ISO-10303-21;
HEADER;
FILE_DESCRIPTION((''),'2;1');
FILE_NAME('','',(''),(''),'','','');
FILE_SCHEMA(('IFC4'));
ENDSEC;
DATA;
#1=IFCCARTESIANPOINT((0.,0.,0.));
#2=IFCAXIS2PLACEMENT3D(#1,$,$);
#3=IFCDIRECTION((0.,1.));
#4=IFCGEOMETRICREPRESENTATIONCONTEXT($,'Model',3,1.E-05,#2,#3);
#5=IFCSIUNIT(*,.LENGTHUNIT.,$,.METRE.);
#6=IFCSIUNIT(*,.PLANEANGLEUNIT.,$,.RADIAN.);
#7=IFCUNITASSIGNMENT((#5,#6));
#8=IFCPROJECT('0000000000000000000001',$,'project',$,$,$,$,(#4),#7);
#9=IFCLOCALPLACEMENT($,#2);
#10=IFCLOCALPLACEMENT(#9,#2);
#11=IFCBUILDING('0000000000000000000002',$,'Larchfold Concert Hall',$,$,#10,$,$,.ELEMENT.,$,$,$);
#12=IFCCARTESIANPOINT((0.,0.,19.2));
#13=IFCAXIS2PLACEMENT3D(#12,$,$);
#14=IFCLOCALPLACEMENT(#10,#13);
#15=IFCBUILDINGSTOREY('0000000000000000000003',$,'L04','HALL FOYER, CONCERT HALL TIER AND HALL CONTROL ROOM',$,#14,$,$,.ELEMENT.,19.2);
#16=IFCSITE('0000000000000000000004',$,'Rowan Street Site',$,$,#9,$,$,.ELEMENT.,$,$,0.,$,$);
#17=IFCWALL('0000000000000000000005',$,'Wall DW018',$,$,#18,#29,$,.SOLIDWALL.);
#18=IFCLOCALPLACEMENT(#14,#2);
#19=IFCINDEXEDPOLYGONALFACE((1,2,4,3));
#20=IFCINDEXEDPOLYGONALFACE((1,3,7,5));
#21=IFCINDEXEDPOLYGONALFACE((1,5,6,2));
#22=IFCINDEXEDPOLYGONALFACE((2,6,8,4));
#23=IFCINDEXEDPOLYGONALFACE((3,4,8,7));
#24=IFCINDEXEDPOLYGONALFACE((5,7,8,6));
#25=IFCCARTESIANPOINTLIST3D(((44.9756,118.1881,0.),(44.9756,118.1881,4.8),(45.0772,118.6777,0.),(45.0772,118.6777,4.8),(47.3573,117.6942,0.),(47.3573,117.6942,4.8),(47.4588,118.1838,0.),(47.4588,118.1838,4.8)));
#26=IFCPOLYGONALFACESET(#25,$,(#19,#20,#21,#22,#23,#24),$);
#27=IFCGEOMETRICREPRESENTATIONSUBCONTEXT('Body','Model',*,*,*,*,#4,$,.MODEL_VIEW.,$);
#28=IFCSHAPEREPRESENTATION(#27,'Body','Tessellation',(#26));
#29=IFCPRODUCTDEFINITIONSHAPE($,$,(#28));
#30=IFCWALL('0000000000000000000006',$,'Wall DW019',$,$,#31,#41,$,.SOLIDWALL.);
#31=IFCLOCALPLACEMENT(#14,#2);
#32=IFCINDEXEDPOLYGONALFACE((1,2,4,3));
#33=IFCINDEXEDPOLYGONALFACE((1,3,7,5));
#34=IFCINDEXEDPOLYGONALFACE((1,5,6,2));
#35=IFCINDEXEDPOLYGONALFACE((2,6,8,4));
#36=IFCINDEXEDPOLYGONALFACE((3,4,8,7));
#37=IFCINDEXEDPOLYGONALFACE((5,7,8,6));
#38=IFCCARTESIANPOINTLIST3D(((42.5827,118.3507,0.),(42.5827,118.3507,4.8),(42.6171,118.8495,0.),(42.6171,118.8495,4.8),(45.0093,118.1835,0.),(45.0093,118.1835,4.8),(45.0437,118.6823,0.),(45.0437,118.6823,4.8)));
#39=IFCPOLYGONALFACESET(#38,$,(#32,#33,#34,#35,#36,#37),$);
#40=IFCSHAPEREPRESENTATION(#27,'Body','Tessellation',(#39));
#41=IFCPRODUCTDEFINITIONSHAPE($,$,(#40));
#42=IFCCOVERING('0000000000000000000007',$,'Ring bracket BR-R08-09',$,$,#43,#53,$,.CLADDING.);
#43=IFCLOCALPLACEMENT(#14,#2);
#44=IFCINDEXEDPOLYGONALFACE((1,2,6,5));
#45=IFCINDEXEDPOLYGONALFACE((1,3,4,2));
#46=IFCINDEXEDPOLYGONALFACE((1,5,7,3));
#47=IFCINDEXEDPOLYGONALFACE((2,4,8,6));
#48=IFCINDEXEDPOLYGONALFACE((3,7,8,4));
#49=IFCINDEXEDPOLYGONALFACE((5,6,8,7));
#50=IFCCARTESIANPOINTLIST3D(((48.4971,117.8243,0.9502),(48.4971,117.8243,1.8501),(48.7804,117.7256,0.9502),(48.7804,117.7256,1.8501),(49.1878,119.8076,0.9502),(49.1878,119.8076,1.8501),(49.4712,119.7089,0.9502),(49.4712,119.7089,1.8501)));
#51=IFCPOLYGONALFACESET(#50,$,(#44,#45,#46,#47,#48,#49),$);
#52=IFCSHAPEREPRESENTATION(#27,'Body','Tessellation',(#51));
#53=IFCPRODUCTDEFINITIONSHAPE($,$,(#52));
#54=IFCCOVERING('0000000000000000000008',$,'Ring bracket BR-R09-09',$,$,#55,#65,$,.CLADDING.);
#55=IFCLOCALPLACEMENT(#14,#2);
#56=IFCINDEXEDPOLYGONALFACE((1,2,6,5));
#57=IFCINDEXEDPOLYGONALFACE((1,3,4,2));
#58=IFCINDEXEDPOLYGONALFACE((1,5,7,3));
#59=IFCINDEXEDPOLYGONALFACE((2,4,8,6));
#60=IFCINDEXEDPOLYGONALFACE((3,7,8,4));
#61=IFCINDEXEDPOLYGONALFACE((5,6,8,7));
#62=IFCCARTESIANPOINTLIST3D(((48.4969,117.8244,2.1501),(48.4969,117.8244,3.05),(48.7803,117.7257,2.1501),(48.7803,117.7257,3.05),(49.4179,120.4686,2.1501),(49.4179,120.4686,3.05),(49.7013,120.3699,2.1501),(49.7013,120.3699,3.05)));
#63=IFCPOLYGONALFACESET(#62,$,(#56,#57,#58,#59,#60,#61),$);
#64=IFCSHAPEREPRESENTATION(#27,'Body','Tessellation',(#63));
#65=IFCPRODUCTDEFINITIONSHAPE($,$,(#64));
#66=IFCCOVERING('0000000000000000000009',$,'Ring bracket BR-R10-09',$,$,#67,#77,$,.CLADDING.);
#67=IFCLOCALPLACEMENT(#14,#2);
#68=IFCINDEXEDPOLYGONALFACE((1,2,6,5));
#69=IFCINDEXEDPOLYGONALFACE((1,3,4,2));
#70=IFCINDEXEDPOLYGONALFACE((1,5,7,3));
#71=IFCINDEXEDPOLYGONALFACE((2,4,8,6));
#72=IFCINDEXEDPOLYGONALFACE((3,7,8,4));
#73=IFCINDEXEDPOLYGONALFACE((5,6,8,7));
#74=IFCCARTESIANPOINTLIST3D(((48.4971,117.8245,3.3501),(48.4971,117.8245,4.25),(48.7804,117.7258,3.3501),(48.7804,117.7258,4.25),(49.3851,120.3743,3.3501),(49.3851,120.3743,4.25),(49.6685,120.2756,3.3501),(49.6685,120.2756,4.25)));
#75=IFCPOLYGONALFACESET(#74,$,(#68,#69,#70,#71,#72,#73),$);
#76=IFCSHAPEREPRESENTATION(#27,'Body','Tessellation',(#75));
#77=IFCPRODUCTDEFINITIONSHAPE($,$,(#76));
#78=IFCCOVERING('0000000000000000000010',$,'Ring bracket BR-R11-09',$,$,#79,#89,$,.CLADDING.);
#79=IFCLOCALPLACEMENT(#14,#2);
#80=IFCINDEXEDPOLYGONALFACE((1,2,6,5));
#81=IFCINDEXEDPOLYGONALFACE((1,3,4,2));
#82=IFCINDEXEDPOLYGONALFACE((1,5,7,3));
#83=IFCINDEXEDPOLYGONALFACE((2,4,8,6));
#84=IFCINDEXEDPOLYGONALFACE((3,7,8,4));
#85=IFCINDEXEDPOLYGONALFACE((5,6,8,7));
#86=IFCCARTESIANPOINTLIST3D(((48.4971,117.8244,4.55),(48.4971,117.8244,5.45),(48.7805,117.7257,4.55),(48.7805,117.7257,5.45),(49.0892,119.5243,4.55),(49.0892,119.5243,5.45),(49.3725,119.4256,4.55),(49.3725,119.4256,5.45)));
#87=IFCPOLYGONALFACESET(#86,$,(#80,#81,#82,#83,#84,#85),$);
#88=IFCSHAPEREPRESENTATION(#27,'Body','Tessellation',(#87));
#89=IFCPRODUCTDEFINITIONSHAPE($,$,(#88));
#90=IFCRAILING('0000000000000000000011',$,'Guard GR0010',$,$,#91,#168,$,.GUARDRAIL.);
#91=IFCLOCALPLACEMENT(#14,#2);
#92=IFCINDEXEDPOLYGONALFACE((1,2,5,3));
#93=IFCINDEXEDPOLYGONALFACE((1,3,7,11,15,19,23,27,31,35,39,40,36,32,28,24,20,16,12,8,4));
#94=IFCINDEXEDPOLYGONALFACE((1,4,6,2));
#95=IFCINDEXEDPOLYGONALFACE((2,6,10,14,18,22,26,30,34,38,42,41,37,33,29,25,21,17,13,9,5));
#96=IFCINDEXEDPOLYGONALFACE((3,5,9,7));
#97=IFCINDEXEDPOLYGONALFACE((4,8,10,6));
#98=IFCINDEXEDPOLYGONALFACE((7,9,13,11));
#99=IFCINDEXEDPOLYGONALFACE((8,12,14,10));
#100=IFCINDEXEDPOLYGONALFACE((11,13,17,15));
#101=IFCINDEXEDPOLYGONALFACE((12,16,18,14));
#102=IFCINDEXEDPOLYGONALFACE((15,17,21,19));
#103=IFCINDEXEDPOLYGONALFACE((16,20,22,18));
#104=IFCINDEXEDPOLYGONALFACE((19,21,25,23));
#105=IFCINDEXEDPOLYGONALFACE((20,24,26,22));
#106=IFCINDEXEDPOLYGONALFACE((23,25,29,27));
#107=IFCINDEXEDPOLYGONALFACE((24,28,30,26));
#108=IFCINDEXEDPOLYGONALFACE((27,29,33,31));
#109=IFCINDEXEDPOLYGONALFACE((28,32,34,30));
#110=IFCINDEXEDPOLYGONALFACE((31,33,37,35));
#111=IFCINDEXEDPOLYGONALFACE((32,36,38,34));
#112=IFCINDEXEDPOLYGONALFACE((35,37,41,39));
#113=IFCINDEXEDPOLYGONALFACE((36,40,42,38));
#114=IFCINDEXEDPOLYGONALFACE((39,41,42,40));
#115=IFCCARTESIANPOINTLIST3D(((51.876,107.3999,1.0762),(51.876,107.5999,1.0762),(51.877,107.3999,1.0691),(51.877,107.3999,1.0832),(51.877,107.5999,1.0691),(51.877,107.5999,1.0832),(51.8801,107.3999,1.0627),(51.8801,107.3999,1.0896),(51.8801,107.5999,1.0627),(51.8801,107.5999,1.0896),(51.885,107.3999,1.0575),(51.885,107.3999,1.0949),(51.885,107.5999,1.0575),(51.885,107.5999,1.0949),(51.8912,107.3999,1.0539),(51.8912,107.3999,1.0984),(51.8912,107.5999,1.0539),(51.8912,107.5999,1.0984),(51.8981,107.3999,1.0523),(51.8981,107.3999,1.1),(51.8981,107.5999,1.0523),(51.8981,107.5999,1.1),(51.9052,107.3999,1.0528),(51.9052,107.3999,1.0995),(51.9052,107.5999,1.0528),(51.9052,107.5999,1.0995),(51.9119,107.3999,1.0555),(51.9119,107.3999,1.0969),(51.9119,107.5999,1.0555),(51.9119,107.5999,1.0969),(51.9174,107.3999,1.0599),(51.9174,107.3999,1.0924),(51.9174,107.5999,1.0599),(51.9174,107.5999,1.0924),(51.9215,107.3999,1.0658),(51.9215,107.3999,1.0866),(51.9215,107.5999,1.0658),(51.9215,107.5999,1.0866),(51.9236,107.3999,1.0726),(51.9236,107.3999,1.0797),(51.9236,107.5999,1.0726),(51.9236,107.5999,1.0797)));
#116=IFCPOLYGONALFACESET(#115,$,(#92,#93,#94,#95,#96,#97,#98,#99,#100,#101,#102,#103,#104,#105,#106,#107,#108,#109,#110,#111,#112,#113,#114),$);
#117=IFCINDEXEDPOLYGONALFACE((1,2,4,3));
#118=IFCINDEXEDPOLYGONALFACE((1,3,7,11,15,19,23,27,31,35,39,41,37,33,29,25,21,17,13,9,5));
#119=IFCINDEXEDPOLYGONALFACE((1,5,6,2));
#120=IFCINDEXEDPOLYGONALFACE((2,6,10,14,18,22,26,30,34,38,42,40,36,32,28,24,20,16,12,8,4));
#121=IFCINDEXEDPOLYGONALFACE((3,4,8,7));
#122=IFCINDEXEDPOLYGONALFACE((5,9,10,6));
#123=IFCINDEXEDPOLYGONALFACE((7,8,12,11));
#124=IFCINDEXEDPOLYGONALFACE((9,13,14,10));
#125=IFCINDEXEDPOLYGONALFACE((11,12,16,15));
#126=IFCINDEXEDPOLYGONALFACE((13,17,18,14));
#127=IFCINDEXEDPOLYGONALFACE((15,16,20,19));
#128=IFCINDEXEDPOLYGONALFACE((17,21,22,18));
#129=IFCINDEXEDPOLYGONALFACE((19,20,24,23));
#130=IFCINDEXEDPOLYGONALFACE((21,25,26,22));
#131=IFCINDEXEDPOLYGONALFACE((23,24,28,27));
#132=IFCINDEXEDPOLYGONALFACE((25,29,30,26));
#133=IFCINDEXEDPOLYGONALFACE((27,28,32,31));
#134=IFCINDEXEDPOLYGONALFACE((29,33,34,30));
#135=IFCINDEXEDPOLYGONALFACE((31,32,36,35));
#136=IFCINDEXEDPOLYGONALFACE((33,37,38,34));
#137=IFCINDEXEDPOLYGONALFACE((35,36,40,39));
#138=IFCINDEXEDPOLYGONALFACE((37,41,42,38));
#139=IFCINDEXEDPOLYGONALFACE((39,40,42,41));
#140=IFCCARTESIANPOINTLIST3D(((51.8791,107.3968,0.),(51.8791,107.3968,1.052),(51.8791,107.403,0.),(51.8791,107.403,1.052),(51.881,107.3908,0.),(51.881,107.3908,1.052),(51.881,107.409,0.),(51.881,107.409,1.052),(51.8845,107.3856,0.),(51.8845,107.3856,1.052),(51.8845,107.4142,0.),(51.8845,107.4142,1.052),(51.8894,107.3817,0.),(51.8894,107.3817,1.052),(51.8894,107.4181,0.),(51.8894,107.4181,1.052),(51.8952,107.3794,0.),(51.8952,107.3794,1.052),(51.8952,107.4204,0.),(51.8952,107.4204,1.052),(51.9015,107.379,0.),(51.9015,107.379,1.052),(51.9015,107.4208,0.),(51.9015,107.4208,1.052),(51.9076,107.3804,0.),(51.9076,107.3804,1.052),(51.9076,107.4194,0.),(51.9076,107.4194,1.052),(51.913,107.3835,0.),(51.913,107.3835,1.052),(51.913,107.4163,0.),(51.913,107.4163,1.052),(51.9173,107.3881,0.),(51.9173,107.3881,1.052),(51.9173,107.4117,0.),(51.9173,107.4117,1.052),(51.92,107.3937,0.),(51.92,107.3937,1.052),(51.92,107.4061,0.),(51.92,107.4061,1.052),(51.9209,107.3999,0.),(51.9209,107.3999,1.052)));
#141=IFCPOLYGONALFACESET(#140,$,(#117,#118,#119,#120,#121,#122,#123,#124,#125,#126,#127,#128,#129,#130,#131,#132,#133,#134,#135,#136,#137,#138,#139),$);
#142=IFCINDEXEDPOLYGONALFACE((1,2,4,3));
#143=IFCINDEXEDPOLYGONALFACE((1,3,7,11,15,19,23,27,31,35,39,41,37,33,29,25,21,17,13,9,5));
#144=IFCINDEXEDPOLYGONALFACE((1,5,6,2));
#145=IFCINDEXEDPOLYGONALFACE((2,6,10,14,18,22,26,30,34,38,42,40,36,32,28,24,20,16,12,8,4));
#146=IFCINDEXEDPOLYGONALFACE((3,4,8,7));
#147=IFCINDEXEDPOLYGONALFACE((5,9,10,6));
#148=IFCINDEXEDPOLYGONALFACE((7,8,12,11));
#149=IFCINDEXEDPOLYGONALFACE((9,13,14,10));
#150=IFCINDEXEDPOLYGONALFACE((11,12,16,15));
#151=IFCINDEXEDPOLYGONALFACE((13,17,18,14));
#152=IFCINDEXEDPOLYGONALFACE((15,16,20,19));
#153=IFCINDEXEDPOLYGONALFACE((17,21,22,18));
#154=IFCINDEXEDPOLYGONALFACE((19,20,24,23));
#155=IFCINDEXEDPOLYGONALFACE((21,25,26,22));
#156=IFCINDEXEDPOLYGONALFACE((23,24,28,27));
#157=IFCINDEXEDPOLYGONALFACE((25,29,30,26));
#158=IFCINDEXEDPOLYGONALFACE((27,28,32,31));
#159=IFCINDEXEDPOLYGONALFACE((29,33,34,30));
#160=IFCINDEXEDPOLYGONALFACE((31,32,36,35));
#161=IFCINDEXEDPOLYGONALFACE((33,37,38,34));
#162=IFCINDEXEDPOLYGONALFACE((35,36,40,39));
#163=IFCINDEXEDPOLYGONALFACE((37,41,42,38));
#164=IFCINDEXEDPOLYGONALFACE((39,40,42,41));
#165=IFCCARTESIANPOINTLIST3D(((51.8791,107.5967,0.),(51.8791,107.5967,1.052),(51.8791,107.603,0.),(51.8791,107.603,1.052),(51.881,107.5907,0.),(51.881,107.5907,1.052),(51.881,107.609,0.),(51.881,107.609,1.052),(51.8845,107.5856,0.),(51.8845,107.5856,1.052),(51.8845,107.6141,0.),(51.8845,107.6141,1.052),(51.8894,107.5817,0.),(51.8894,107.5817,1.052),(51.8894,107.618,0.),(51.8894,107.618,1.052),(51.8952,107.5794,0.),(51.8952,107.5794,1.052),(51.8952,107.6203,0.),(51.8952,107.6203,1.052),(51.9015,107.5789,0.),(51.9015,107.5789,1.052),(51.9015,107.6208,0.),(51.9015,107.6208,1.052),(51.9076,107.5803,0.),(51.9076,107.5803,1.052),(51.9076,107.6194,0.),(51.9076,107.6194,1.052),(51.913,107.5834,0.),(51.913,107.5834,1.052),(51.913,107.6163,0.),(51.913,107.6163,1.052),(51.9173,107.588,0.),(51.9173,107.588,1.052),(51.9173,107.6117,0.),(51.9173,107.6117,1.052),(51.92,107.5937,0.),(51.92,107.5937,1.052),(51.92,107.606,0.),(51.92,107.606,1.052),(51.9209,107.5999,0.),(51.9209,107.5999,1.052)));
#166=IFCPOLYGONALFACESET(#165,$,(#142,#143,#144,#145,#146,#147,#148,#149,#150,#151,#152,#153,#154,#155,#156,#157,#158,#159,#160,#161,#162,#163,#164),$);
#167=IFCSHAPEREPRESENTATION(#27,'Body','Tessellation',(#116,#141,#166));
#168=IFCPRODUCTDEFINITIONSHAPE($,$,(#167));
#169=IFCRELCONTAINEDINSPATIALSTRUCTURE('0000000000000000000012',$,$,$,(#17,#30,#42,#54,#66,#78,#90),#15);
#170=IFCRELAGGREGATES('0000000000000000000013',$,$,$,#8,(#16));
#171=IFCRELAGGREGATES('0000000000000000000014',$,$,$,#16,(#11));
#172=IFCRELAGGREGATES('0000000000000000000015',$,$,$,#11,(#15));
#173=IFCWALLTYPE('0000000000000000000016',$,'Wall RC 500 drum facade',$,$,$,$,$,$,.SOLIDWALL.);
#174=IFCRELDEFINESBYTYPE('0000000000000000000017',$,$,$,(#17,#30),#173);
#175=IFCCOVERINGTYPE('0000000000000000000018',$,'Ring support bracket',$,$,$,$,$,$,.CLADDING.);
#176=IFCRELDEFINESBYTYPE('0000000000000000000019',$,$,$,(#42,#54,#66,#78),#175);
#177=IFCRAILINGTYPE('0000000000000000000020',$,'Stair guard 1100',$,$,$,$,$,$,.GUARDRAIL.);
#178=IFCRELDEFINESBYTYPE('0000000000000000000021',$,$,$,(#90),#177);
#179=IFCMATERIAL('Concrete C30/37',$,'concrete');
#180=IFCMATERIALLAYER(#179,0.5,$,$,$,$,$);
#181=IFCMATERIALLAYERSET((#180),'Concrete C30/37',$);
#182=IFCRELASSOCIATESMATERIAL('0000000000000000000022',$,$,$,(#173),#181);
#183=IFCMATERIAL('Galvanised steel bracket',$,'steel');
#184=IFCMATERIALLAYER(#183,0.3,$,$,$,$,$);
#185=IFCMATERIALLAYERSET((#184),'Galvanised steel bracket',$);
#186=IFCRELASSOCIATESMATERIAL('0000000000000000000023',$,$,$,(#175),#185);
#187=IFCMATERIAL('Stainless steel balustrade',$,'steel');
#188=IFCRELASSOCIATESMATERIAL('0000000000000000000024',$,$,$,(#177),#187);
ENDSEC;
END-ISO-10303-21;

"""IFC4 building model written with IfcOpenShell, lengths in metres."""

from ifc_helpers import new_model, si_unit, direction, frame, frame_2d, origin, origin_2d, place, context, subcontext, project, spatial, rectangle, circle, extrude, material, layer, layer_set, type_object, element, save


model = new_model("IFC4")

# Units and contexts
model_context = context("Model", 3, precision=1e-05, world=origin(), true_north=direction((0.0, 1.0)))
body_context = subcontext(model_context, "Body", "Model", "MODEL_VIEW")
ifc_project = project(units=[si_unit("LENGTHUNIT", "METRE"), si_unit("PLANEANGLEUNIT", "RADIAN")], contexts=[model_context])

# Site, building, storey
site_placement = place(None, origin())
site = spatial("IfcSite", under=ifc_project, at=site_placement, Name="Rowan Street Site", CompositionType="ELEMENT", RefElevation=0.0)
building_placement = place(site_placement, origin())
building = spatial("IfcBuilding", under=site, at=building_placement, Name="Larchfold Concert Hall", CompositionType="ELEMENT")
storey_placement = place(building_placement, frame((0.0, 0.0, 19.2)))
storey = spatial("IfcBuildingStorey", under=building, at=storey_placement, Name="L04", Description="HALL FOYER, CONCERT HALL TIER AND HALL CONTROL ROOM", CompositionType="ELEMENT", Elevation=19.2)

# Walls
ifc_material_1 = material(Name="Concrete C30/37", Category="concrete")
ifc_layer_1 = layer(ifc_material_1, 0.5)
ifc_layer_set_1 = layer_set([ifc_layer_1], Name="Concrete C30/37")
wall_type_1 = type_object("IfcWallType", Name="Wall RC 500 drum facade", PredefinedType="SOLIDWALL", material=ifc_layer_set_1)
for number, where, z_axis, x_axis, name in (
    (1, (47.4082, 117.939, 0.0), (0.0, 0.0, 1.0), (-0.979166, 0.20306, 0.0), "Wall DW018"),
    (2, (45.0266, 118.4329, 0.0), (0.0, 0.0, 1.0), (-0.997633, 0.068757, 0.0), "Wall DW019"),
):
    element("IfcWall", number, at=place(storey_placement, frame(where, z_axis=z_axis, x_axis=x_axis)), inside=storey, type_object=wall_type_1, Name=name, PredefinedType="SOLIDWALL", context=body_context, shape_type="SweptSolid", body=[
        extrude(rectangle(XDim=2.4324, YDim=0.5, at=frame_2d((1.2163, 0.0))), origin(), (0.0, 0.0, 1.0), 4.8),
    ])

# Coverings
ifc_material_2 = material(Name="Galvanised steel bracket", Category="steel")
ifc_layer_2 = layer(ifc_material_2, 0.3)
ifc_layer_set_2 = layer_set([ifc_layer_2], Name="Galvanised steel bracket")
covering_type = type_object("IfcCoveringType", Name="Ring support bracket", PredefinedType="CLADDING", material=ifc_layer_set_2)
covering_1_placement = place(storey_placement, frame((48.9841, 118.7666, 0.9502), z_axis=(0.0, 0.0, 1.0), x_axis=(0.32892, 0.944358, 0.0)))
element("IfcCovering", 3, at=covering_1_placement, inside=storey, type_object=covering_type, Name="Ring bracket BR-R08-09", PredefinedType="CLADDING", context=body_context, shape_type="SweptSolid", body=[
    extrude(rectangle(XDim=2.1001, YDim=0.3, at=origin_2d()), origin(), (0.0, 0.0, 1.0), 0.8999),
])
covering_2_placement = place(storey_placement, frame((49.0991, 119.0972, 2.1501), z_axis=(0.0, 0.0, 1.0), x_axis=(0.32892, 0.944358, 0.0)))
element("IfcCovering", 4, at=covering_2_placement, inside=storey, type_object=covering_type, Name="Ring bracket BR-R09-09", PredefinedType="CLADDING", context=body_context, shape_type="SweptSolid", body=[
    extrude(rectangle(XDim=2.8, YDim=0.3, at=origin_2d()), origin(), (0.0, 0.0, 1.0), 0.8999),
])
covering_3_placement = place(storey_placement, frame((49.0828, 119.05, 3.3501), z_axis=(0.0, 0.0, 1.0), x_axis=(0.32892, 0.944358, 0.0)))
element("IfcCovering", 5, at=covering_3_placement, inside=storey, type_object=covering_type, Name="Ring bracket BR-R10-09", PredefinedType="CLADDING", context=body_context, shape_type="SweptSolid", body=[
    extrude(rectangle(XDim=2.7, YDim=0.3, at=origin_2d()), origin(), (0.0, 0.0, 1.0), 0.8999),
])
covering_4_placement = place(storey_placement, frame((48.9348, 118.625, 4.55), z_axis=(0.0, 0.0, 1.0), x_axis=(0.32892, 0.944358, 0.0)))
element("IfcCovering", 6, at=covering_4_placement, inside=storey, type_object=covering_type, Name="Ring bracket BR-R11-09", PredefinedType="CLADDING", context=body_context, shape_type="SweptSolid", body=[
    extrude(rectangle(XDim=1.8, YDim=0.3, at=origin_2d()), origin(), (0.0, 0.0, 1.0), 0.8999),
])

# Railing
ifc_material_3 = material(Name="Stainless steel balustrade", Category="steel")
railing_type_1 = type_object("IfcRailingType", Name="Stair guard 1100", PredefinedType="GUARDRAIL", material=ifc_material_3)
railing_1_placement = place(storey_placement, frame((51.8999, 107.3999, 0.0)))
element("IfcRailing", 7, at=railing_1_placement, inside=storey, type_object=railing_type_1, Name="Guard GR0010", PredefinedType="GUARDRAIL", context=body_context, shape_type="SweptSolid", body=[
    extrude(circle(Radius=0.0239, at=origin_2d()), frame((0.0, 0.0, 1.0762), z_axis=(0.0, 1.0, 0.0), x_axis=(-1.0, 0.0, 0.0)), (0.0, 0.0, 1.0), 0.2),
    extrude(circle(Radius=0.021, at=origin_2d()), origin(), (0.0, 0.0, 1.0), 1.052),
    extrude(circle(Radius=0.021, at=origin_2d()), frame((0.0, 0.2, 0.0)), (0.0, 0.0, 1.0), 1.052),
])

save(model, "model.ifc")
